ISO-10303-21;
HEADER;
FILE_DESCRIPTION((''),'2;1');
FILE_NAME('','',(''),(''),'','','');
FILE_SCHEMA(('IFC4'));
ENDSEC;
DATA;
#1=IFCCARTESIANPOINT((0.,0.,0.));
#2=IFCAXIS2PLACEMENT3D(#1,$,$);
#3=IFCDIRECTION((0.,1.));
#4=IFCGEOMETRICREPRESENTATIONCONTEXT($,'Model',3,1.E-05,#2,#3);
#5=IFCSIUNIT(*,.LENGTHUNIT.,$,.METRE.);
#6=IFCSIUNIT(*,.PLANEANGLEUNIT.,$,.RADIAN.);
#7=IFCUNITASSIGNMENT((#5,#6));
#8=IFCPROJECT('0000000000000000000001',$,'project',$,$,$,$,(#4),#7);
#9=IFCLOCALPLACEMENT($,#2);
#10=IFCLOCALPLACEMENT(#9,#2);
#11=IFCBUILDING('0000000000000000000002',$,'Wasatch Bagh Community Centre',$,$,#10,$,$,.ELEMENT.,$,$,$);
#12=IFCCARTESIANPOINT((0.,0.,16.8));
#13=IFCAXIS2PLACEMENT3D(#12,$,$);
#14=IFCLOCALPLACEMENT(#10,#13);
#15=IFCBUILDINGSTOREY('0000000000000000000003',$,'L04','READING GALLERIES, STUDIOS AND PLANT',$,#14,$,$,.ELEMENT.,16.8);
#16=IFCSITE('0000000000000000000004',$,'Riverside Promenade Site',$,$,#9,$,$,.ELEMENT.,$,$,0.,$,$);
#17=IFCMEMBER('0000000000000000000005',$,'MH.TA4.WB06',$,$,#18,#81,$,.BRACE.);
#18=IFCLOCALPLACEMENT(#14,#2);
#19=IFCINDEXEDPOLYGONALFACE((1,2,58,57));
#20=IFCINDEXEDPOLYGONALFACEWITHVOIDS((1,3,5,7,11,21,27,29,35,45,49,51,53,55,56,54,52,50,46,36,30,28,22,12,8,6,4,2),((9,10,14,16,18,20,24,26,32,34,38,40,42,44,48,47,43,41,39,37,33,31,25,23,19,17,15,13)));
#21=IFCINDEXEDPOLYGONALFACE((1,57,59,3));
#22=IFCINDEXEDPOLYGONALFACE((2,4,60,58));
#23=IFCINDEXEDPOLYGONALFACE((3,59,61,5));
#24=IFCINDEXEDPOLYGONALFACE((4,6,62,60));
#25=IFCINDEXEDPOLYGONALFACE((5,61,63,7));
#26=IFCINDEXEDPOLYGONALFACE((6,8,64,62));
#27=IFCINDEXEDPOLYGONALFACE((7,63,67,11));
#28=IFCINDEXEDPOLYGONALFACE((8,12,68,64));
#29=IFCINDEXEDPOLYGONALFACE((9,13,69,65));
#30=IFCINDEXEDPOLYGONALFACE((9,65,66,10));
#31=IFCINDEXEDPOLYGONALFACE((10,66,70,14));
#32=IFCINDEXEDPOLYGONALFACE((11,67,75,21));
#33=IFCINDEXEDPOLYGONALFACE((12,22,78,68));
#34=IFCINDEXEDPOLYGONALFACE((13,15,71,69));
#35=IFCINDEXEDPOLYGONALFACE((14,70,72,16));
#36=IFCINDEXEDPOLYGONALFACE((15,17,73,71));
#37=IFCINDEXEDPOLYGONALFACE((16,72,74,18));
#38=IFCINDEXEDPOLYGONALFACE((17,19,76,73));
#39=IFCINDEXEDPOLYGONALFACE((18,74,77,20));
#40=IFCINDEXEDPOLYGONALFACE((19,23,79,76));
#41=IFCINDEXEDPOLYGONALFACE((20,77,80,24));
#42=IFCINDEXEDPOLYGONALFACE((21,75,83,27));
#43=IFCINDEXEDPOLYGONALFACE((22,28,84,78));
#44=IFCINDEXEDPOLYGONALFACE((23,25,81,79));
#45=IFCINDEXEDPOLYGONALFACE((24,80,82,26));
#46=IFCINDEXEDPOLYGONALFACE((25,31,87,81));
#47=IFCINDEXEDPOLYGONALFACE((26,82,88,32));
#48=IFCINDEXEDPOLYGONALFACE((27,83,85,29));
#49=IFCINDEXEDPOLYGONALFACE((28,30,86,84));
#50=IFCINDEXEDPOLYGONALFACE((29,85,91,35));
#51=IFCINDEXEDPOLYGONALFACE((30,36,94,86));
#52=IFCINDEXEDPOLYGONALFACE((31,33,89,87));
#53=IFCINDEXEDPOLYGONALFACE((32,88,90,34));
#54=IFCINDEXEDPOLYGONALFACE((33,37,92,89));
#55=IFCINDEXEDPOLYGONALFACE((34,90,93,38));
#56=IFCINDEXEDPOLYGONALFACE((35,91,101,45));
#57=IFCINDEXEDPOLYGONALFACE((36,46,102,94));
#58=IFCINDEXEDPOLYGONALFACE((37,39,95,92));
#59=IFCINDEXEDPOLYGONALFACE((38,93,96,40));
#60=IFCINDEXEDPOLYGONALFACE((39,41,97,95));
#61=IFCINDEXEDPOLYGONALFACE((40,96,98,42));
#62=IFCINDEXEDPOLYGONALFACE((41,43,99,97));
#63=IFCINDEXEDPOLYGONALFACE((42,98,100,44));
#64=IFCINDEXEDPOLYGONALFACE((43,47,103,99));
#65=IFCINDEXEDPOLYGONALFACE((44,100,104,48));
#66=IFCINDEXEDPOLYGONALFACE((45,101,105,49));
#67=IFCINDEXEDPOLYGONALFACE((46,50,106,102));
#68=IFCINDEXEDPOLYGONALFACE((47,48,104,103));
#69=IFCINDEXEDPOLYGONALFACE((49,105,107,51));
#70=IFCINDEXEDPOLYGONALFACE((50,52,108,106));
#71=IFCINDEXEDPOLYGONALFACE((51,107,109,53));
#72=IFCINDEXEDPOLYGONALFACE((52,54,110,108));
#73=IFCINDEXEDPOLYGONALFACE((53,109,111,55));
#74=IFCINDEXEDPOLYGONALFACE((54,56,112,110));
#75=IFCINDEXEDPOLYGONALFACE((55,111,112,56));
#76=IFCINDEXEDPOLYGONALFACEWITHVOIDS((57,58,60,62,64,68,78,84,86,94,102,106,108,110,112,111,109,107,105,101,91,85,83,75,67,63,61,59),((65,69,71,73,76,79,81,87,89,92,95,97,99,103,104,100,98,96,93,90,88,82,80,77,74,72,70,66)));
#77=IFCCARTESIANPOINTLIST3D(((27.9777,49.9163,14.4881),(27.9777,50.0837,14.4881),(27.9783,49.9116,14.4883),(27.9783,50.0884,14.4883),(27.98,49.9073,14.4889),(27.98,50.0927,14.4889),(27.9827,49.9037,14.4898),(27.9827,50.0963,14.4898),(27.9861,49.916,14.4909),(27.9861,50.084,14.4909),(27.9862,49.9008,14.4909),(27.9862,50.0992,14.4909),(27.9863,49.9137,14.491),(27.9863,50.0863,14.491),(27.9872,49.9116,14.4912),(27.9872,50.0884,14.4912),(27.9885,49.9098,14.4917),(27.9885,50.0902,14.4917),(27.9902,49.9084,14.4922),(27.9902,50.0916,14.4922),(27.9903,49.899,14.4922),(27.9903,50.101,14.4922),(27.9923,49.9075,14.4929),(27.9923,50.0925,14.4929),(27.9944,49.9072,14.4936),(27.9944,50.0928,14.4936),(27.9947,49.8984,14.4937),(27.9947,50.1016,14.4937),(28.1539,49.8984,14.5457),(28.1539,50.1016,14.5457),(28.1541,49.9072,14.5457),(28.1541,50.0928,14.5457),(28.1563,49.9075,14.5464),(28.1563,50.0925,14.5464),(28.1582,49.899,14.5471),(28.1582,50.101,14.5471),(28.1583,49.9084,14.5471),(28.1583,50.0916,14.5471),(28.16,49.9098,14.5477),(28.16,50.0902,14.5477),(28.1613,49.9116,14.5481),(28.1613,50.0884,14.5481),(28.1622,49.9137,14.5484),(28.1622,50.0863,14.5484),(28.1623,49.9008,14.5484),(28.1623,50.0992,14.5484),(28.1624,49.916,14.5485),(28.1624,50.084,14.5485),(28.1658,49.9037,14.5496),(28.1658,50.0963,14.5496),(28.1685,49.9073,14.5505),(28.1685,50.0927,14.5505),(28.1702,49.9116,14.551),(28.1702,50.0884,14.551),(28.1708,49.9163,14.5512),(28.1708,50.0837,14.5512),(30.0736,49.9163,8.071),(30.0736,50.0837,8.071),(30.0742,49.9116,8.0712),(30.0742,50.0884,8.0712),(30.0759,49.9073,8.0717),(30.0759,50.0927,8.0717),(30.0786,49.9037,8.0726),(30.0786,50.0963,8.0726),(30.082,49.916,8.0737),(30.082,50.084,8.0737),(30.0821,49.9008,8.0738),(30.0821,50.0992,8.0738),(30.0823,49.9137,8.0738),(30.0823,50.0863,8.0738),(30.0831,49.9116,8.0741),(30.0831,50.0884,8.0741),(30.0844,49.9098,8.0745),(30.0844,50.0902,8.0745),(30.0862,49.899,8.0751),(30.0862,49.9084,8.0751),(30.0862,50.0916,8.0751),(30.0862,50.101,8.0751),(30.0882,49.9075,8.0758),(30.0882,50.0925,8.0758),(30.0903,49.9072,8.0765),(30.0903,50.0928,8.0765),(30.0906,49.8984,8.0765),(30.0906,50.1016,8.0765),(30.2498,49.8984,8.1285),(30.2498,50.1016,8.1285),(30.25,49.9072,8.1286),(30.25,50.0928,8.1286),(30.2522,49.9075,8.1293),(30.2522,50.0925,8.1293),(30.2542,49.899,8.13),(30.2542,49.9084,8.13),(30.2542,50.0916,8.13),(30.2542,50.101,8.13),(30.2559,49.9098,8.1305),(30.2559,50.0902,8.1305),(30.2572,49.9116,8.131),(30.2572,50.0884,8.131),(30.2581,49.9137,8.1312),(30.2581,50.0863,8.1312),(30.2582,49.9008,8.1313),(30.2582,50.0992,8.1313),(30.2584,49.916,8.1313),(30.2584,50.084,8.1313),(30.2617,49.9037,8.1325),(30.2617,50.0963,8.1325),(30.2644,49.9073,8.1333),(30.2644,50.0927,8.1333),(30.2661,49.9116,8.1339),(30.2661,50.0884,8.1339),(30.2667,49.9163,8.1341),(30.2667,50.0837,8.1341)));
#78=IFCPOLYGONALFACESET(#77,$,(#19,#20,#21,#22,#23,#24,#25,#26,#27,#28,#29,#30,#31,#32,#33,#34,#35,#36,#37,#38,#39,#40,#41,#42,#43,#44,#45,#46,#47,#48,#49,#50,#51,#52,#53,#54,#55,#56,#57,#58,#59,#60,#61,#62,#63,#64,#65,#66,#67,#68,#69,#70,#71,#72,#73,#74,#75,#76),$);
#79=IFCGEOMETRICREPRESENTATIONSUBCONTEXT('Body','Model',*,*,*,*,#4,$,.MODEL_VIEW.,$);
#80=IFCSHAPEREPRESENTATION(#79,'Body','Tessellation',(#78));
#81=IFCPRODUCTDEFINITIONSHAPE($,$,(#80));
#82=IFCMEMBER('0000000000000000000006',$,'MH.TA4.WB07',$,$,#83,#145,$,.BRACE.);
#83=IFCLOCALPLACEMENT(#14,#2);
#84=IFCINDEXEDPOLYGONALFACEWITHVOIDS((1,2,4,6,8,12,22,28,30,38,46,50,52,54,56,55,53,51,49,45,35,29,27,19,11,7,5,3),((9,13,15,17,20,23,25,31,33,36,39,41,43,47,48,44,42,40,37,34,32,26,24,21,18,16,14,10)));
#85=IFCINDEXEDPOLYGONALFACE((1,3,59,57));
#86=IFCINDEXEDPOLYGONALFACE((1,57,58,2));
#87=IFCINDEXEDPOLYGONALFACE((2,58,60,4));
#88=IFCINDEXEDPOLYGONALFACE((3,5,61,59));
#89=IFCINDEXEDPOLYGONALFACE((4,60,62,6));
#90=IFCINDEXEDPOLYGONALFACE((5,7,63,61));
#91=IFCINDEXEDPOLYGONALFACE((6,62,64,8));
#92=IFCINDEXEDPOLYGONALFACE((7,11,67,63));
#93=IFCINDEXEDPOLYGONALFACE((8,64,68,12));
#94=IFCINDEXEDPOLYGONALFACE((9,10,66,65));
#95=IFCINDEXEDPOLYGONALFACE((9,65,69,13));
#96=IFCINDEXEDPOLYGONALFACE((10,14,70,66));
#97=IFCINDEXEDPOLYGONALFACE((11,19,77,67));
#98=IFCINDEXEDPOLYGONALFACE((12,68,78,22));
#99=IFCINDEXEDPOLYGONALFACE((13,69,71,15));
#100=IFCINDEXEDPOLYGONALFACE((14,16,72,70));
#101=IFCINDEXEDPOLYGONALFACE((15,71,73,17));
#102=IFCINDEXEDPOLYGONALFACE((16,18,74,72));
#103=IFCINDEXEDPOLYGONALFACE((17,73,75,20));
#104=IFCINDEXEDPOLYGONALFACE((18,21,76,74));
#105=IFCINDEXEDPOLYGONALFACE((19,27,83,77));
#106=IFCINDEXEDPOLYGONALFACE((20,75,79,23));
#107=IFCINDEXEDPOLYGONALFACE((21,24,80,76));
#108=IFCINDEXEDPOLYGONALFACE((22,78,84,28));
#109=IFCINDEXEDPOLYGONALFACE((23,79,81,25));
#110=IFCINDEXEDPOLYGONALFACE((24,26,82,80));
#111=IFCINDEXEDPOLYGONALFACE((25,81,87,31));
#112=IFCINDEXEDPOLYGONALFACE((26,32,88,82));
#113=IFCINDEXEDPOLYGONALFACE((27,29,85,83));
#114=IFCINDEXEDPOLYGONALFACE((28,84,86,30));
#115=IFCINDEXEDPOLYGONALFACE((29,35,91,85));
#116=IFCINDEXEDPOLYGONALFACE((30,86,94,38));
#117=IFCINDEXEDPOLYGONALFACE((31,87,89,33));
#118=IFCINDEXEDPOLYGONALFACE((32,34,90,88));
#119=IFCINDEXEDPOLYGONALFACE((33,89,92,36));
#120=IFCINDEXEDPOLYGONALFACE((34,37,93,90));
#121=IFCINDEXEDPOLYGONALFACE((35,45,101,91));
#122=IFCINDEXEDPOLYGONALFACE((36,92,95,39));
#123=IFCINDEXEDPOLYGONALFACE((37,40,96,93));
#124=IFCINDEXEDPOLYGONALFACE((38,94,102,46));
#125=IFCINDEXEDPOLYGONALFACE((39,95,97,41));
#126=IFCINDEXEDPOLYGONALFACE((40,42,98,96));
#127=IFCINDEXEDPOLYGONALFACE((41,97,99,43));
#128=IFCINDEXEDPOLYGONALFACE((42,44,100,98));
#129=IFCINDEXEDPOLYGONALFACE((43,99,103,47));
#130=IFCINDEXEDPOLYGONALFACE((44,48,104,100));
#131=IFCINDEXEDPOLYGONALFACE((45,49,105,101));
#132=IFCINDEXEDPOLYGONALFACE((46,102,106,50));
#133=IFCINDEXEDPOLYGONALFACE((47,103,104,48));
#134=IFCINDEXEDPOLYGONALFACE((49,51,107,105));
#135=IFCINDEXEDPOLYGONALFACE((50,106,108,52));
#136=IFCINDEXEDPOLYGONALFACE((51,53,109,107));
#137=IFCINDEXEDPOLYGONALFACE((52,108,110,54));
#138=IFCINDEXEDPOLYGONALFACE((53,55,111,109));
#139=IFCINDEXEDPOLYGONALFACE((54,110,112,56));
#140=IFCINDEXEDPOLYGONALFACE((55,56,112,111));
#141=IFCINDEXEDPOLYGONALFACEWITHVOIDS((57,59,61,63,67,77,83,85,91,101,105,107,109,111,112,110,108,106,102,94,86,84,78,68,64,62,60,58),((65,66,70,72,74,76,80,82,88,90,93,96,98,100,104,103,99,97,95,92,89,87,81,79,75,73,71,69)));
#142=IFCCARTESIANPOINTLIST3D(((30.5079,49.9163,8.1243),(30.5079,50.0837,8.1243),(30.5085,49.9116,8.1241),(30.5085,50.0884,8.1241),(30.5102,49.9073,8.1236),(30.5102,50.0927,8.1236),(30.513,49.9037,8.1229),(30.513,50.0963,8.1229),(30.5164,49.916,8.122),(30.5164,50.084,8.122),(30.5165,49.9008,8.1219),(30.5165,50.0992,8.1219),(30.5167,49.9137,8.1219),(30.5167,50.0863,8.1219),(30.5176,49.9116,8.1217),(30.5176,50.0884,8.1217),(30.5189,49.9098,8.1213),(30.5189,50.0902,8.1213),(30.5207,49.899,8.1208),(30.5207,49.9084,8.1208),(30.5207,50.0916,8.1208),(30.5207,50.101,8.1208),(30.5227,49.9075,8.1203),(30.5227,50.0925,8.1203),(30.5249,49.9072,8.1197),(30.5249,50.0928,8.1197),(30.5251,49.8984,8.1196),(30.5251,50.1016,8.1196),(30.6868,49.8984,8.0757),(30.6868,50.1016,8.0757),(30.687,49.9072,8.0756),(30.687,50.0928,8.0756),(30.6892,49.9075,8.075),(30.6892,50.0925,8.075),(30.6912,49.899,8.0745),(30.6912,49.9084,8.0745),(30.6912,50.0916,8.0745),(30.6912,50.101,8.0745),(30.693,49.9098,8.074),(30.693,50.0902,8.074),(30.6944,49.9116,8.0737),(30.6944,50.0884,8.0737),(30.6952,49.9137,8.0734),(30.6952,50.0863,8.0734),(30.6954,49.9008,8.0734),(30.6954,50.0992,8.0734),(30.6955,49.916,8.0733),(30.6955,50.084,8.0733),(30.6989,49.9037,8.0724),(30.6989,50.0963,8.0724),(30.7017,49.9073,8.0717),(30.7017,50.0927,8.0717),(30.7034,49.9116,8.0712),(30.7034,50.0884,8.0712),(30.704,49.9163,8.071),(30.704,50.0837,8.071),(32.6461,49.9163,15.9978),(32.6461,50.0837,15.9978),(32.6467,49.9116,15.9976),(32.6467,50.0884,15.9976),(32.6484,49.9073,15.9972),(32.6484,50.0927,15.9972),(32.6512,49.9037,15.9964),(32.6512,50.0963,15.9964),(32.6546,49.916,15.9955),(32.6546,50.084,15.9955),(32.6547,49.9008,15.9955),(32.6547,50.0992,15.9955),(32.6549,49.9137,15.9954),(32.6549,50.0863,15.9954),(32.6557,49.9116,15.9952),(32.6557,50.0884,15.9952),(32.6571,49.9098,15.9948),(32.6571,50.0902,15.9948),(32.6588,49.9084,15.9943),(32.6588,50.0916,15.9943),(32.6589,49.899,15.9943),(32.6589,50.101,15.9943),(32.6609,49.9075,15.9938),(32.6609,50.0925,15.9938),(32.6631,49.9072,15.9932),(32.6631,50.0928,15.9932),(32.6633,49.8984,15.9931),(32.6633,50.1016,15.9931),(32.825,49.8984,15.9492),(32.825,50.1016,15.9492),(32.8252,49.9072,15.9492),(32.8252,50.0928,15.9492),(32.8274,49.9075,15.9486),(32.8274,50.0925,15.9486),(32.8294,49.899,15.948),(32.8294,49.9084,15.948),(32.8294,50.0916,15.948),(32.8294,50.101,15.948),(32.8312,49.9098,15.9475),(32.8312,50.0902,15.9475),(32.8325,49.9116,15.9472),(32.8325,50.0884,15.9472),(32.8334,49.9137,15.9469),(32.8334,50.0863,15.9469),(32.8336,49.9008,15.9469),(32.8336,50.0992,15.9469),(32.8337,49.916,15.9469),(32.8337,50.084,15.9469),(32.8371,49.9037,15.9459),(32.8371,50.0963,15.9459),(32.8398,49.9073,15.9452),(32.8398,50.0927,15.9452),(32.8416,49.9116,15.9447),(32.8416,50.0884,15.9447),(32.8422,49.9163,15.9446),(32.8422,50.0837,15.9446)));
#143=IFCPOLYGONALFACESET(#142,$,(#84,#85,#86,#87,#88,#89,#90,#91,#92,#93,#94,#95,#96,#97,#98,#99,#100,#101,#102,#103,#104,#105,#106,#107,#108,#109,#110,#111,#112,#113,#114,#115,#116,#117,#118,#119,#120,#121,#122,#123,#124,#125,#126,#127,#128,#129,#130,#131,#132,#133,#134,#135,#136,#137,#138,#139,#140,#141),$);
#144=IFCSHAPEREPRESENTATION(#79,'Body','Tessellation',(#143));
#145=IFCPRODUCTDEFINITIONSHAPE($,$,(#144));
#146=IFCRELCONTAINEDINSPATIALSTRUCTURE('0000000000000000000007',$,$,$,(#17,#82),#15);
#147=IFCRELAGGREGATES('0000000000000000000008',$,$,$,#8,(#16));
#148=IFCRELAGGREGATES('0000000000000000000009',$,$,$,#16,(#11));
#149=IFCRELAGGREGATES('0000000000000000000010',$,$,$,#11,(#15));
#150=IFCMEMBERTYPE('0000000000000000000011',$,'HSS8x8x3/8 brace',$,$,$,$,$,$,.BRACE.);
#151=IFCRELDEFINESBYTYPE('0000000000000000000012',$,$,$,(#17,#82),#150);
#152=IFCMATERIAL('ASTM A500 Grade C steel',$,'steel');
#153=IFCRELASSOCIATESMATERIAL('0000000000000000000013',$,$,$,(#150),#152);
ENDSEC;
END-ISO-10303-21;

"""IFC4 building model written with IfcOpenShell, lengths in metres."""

from ifc_helpers import new_model, si_unit, direction, frame, origin, origin_2d, place, context, subcontext, project, spatial, hollow_rectangle, extrude, material, material_profile, profile_set, type_object, element, save


model = new_model("IFC4")

# Units and contexts
model_context = context("Model", 3, precision=1e-05, world=origin(), true_north=direction((0.0, 1.0)))
body_context = subcontext(model_context, "Body", "Model", "MODEL_VIEW")
ifc_project = project(units=[si_unit("LENGTHUNIT", "METRE"), si_unit("PLANEANGLEUNIT", "RADIAN")], contexts=[model_context])

# Site, building, storey
site_placement = place(None, origin())
site = spatial("IfcSite", under=ifc_project, at=site_placement, Name="Riverside Promenade Site", CompositionType="ELEMENT", RefElevation=0.0)
building_placement = place(site_placement, origin())
building = spatial("IfcBuilding", under=site, at=building_placement, Name="Wasatch Bagh Community Centre", CompositionType="ELEMENT")
storey_placement = place(building_placement, frame((0.0, 0.0, 16.8)))
storey = spatial("IfcBuildingStorey", under=building, at=storey_placement, Name="L04", Description="READING GALLERIES, STUDIOS AND PLANT", CompositionType="ELEMENT", Elevation=16.8)

# Members
ifc_material_1 = material(Name="ASTM A500 Grade C steel", Category="steel")
ifc_material_profile_1 = material_profile(ifc_material_1, hollow_rectangle(XDim=0.2031, YDim=0.2031, WallThickness=0.0088, InnerFilletRadius=0.0088, OuterFilletRadius=0.0178, at=origin_2d()), Name="HSS8x8x3/8")
ifc_profile_set_1 = profile_set([ifc_material_profile_1], Name="ASTM A500 Grade C steel")
member_type_1 = type_object("IfcMemberType", Name="HSS8x8x3/8 brace", PredefinedType="BRACE", material=ifc_profile_set_1)
member_1_placement = place(storey_placement, frame((30.1702, 50.0, 8.1025), z_axis=(-0.310472, 0.0, 0.950583), x_axis=(0.0, -1.0, 0.0)))
element("IfcMember", 1, at=member_1_placement, inside=storey, type_object=member_type_1, Name="MH.TA4.WB06", PredefinedType="BRACE", context=body_context, shape_type="SweptSolid", body=[
    extrude(hollow_rectangle(XDim=0.2031, YDim=0.2031, WallThickness=0.0088, InnerFilletRadius=0.0088, OuterFilletRadius=0.0178, at=origin_2d()), origin(), (0.0, 0.0, 1.0), 6.7507),
])
member_2_placement = place(storey_placement, frame((30.606, 50.0, 8.0977), z_axis=(0.262074, 0.0, 0.965048), x_axis=(0.0, 1.0, 0.0)))
element("IfcMember", 2, at=member_2_placement, inside=storey, type_object=member_type_1, Name="MH.TA4.WB07", PredefinedType="BRACE", context=body_context, shape_type="SweptSolid", body=[
    extrude(hollow_rectangle(XDim=0.2031, YDim=0.2031, WallThickness=0.0088, InnerFilletRadius=0.0088, OuterFilletRadius=0.0178, at=origin_2d()), origin(), (0.0, 0.0, 1.0), 8.1587),
])

save(model, "model.ifc")
